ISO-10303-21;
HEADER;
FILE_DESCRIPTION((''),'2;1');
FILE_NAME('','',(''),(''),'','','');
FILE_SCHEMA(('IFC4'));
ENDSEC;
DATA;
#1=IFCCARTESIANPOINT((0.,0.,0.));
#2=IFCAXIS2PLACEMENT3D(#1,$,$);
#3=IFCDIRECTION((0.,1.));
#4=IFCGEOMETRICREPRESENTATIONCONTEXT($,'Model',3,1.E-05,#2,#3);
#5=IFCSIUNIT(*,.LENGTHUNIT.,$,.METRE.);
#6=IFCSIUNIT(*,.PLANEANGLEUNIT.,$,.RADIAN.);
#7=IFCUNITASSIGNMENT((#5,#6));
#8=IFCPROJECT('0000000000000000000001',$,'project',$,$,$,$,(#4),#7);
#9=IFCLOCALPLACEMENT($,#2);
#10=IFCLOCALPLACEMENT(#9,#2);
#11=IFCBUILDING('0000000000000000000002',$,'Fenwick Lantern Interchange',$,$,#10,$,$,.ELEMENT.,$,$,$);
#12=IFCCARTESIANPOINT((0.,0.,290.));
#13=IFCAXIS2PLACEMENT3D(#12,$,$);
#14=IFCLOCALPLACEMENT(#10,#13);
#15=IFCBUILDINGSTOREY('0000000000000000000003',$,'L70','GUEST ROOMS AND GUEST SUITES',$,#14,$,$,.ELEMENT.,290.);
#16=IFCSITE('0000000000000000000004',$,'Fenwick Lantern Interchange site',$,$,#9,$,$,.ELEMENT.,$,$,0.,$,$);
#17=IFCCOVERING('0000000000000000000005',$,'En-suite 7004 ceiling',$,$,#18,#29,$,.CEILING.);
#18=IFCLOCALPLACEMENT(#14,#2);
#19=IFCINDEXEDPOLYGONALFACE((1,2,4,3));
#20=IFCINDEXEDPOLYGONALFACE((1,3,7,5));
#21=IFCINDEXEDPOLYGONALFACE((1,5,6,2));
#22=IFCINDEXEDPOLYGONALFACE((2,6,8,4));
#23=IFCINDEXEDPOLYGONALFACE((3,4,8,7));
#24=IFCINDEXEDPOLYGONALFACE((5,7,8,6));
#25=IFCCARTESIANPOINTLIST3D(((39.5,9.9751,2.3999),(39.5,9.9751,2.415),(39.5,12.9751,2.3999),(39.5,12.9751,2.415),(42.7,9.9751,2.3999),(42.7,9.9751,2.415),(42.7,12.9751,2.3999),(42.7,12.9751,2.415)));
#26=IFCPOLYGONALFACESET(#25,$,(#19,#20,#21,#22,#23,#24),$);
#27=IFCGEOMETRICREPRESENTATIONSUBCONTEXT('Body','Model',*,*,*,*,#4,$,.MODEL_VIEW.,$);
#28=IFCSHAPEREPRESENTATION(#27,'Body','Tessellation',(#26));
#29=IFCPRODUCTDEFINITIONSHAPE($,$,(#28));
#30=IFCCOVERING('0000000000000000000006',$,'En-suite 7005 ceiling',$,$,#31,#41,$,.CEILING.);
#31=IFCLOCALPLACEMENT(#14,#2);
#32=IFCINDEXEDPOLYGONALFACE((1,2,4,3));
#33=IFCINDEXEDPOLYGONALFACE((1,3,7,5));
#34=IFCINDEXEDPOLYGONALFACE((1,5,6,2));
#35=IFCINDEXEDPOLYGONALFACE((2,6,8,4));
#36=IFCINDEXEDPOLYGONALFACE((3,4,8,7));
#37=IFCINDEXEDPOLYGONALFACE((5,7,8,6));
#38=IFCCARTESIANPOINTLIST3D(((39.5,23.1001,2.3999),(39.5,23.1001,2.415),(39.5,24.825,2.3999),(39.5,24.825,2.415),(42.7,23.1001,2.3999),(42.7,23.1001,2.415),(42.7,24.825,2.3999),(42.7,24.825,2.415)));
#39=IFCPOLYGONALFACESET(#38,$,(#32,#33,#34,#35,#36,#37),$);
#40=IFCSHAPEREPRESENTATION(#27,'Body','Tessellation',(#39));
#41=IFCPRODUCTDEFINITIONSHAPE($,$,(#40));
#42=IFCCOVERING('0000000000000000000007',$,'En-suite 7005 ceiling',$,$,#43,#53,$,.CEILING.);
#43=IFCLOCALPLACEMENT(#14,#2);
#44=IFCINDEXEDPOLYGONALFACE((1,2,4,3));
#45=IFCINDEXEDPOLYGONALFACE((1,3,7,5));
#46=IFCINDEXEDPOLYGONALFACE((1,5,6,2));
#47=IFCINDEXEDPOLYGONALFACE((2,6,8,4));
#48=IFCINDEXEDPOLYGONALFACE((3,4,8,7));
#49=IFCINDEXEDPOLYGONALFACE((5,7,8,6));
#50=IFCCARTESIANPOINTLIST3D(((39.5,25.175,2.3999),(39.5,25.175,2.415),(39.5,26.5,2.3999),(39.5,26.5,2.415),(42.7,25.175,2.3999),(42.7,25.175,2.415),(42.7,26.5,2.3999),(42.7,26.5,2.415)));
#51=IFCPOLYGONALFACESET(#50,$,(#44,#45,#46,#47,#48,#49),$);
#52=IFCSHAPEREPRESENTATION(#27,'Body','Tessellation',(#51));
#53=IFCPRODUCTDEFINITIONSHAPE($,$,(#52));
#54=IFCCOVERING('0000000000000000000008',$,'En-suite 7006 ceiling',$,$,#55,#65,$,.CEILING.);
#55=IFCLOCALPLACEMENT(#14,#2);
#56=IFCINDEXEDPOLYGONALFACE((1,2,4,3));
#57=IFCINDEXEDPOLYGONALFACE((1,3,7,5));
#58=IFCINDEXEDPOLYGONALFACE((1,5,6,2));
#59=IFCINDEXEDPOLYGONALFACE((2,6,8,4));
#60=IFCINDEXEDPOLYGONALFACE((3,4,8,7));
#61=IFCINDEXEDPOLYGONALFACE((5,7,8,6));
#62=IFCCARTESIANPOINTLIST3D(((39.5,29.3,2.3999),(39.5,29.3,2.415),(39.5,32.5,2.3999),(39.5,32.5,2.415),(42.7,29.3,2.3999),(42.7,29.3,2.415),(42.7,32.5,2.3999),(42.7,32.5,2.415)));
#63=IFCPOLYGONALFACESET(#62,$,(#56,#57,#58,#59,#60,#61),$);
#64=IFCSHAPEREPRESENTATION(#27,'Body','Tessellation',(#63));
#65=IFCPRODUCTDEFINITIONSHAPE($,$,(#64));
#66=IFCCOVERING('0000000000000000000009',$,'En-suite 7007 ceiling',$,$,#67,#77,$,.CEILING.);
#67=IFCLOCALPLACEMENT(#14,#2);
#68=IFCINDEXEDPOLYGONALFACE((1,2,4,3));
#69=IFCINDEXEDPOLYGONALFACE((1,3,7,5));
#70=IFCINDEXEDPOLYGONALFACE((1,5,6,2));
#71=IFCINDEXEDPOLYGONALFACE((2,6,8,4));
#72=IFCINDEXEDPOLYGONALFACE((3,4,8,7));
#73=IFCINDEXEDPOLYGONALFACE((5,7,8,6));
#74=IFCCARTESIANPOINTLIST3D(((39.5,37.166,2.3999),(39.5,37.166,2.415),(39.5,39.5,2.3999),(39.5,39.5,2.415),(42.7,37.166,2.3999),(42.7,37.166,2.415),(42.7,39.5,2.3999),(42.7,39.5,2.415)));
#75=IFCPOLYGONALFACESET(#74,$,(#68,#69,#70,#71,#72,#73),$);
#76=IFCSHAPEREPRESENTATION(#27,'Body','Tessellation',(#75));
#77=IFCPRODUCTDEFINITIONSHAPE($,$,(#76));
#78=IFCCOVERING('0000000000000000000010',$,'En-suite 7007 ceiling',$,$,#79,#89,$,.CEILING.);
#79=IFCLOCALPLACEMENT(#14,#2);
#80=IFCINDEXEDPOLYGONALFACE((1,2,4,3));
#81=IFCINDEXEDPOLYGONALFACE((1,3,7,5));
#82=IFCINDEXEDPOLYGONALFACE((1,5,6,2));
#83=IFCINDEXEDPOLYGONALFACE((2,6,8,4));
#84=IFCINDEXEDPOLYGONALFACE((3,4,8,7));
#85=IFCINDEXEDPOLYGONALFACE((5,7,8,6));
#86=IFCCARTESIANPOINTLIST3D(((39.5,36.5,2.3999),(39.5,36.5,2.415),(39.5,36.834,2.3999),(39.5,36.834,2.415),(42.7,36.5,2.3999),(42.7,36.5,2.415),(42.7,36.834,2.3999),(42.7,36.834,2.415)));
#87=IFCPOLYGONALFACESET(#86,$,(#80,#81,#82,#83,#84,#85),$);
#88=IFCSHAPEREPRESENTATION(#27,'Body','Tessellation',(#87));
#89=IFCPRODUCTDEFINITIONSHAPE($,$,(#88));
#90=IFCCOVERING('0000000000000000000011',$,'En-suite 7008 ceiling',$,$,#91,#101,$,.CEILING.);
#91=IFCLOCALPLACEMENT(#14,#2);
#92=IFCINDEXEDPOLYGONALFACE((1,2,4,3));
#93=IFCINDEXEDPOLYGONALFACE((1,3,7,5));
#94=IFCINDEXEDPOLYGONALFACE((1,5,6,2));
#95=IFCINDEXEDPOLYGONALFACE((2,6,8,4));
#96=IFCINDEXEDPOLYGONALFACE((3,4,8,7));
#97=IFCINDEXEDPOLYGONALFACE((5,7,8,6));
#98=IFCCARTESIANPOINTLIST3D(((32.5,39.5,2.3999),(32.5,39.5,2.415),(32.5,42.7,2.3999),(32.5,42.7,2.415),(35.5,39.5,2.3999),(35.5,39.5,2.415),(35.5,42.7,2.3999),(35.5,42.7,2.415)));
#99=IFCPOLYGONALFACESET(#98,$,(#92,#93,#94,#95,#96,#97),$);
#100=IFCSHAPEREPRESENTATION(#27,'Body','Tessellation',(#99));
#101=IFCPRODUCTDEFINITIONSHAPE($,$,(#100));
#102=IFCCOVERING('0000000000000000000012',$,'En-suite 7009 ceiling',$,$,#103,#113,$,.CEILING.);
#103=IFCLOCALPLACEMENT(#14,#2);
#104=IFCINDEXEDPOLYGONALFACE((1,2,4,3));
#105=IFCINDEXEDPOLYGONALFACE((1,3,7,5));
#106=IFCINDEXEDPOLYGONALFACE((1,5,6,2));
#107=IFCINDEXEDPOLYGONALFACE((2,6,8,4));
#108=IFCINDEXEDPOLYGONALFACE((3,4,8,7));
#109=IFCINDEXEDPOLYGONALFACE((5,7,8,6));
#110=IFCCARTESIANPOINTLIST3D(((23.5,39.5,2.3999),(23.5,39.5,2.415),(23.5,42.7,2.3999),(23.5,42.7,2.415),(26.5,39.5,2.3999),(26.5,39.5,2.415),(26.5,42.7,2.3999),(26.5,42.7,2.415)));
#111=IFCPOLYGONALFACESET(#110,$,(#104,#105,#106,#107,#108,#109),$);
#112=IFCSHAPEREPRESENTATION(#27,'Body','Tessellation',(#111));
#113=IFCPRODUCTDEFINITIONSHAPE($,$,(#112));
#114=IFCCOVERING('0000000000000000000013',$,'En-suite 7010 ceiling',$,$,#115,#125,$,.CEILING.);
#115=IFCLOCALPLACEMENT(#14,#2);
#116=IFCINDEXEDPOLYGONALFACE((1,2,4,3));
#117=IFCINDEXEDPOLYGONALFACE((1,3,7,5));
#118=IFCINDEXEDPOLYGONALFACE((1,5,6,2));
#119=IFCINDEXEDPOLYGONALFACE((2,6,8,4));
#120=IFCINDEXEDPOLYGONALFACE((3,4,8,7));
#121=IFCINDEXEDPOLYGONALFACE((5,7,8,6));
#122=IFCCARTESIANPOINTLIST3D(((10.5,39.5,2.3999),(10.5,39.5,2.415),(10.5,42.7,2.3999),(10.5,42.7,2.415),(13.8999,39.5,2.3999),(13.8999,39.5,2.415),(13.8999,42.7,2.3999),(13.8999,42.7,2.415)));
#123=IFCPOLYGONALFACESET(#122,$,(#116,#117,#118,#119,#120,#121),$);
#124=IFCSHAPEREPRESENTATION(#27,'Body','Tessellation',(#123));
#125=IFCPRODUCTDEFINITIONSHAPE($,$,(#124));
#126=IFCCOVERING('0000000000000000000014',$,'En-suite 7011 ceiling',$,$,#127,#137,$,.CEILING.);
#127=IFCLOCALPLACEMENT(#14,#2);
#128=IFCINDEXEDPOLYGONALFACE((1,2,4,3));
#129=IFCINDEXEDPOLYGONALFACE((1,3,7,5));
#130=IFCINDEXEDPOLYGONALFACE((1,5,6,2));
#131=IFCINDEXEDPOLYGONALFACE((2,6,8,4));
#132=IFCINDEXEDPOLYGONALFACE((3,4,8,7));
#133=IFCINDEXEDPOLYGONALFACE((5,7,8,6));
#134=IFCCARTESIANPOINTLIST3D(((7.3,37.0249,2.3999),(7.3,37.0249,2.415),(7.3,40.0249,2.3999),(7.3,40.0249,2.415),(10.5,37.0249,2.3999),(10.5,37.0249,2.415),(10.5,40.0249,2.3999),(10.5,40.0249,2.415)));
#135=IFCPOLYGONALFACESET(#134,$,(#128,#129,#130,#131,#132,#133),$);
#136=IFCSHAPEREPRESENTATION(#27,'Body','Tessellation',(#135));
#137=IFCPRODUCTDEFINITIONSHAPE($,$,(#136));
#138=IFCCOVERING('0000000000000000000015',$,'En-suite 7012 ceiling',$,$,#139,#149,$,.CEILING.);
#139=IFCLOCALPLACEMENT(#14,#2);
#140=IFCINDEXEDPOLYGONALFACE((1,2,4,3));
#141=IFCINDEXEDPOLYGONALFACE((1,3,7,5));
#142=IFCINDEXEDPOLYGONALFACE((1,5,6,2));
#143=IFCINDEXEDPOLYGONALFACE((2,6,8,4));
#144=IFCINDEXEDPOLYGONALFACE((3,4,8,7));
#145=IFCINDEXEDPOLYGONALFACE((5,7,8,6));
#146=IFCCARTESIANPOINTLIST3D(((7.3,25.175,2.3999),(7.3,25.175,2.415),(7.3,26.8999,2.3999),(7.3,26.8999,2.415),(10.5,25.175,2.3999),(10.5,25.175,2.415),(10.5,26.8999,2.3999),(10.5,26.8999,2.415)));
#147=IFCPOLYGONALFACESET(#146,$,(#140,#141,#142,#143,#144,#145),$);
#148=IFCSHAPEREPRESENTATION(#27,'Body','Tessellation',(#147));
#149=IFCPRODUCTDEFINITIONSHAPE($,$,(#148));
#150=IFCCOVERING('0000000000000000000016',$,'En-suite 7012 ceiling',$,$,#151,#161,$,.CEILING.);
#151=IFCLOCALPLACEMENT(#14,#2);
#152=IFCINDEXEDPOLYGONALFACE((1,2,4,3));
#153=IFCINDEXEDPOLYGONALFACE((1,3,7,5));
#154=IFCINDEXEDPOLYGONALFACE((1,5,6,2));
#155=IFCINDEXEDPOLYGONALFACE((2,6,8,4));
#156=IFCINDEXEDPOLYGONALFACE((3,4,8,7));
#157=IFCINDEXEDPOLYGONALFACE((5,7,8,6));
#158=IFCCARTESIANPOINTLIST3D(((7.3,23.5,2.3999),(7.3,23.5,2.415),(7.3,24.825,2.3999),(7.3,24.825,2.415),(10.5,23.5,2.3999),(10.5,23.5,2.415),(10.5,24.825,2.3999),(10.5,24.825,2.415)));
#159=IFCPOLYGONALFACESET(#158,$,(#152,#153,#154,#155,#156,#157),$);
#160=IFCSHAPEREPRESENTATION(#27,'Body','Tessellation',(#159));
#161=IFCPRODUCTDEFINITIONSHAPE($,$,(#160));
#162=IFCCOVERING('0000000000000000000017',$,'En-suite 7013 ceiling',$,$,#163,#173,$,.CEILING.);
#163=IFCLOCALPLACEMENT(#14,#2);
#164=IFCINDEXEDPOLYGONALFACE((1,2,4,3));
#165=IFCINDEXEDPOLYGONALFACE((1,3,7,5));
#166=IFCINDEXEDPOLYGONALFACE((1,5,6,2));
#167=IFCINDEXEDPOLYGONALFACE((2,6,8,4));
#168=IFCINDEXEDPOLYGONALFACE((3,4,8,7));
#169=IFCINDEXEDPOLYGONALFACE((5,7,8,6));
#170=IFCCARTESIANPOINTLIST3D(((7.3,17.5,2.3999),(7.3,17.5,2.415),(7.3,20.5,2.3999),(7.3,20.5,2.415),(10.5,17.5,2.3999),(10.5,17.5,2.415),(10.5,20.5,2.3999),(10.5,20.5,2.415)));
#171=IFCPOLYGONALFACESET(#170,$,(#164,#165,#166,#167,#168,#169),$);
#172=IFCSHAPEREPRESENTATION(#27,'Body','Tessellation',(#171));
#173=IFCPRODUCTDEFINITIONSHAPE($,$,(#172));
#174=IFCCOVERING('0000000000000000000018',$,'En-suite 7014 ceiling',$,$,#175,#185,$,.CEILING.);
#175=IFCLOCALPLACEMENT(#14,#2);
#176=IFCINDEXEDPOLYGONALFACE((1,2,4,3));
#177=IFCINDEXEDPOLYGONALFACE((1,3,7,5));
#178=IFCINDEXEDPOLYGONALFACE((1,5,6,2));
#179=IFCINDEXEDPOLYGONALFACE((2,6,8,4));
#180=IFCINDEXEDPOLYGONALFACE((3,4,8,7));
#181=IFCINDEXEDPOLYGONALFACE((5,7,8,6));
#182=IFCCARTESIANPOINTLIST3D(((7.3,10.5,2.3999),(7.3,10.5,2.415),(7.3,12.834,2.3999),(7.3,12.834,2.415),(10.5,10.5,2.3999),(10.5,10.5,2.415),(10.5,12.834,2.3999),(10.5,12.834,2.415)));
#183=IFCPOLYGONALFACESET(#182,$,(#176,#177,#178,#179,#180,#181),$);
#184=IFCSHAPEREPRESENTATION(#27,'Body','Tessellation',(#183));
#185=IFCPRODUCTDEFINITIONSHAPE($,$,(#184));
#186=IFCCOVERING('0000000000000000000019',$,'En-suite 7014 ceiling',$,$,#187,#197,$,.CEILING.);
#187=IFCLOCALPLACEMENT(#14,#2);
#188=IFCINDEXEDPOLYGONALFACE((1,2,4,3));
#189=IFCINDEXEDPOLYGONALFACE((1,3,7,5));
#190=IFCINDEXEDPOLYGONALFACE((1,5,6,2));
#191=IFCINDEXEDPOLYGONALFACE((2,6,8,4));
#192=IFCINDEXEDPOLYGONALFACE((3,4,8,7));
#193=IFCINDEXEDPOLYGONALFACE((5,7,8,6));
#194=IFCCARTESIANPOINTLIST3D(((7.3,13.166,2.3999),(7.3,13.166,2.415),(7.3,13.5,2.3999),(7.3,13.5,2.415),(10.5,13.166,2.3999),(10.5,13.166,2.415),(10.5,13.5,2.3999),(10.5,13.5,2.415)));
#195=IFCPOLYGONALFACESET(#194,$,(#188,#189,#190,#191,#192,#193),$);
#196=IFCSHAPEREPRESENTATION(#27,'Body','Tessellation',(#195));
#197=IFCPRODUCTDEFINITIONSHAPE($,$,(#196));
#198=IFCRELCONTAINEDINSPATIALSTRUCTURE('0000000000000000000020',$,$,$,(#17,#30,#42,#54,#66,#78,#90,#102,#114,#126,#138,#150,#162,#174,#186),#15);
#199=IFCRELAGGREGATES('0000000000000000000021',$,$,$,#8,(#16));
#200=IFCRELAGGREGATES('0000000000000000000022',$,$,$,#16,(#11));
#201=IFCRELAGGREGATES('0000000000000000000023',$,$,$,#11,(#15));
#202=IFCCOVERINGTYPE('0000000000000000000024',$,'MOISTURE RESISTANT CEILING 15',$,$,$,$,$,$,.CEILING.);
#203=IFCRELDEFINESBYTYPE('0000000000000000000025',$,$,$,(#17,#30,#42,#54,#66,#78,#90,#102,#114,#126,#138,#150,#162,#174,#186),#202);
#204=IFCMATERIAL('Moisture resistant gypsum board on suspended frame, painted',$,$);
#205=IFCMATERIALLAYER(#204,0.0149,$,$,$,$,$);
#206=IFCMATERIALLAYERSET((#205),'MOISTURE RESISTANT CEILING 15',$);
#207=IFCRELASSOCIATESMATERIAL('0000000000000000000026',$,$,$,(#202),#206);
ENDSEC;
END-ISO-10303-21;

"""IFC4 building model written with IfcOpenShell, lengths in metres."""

from ifc_helpers import new_model, si_unit, direction, frame, origin, place, context, subcontext, project, spatial, polyline, outline, extrude, material, layer, layer_set, type_object, element, save


model = new_model("IFC4")

# Units and contexts
model_context = context("Model", 3, precision=1e-05, world=origin(), true_north=direction((0.0, 1.0)))
body_context = subcontext(model_context, "Body", "Model", "MODEL_VIEW")
ifc_project = project(units=[si_unit("LENGTHUNIT", "METRE"), si_unit("PLANEANGLEUNIT", "RADIAN")], contexts=[model_context])

# Site, building, storey
site_placement = place(None, origin())
site = spatial("IfcSite", under=ifc_project, at=site_placement, Name="Fenwick Lantern Interchange site", CompositionType="ELEMENT", RefElevation=0.0)
building_placement = place(site_placement, origin())
building = spatial("IfcBuilding", under=site, at=building_placement, Name="Fenwick Lantern Interchange", CompositionType="ELEMENT")
storey_placement = place(building_placement, frame((0.0, 0.0, 290.0)))
storey = spatial("IfcBuildingStorey", under=building, at=storey_placement, Name="L70", Description="GUEST ROOMS AND GUEST SUITES", CompositionType="ELEMENT", Elevation=290.0)

# Coverings
ifc_material_1 = material(Name="Moisture resistant gypsum board on suspended frame, painted")
ifc_layer_1 = layer(ifc_material_1, 0.0149)
ifc_layer_set_1 = layer_set([ifc_layer_1], Name="MOISTURE RESISTANT CEILING 15")
covering_type_1 = type_object("IfcCoveringType", Name="MOISTURE RESISTANT CEILING 15", PredefinedType="CEILING", material=ifc_layer_set_1)
covering_1_placement = place(storey_placement, frame((0.0, 0.0, 2.3999)))
element("IfcCovering", 1, at=covering_1_placement, inside=storey, type_object=covering_type_1, Name="En-suite 7004 ceiling", PredefinedType="CEILING", context=body_context, shape_type="SweptSolid", body=[
    extrude(outline(polyline([(42.7, 9.9751), (42.7, 12.9751), (39.5, 12.9751), (39.5, 9.9751), (42.7, 9.9751)])), origin(), (0.0, 0.0, 1.0), 0.0151),
])
covering_2_placement = place(storey_placement, frame((0.0, 0.0, 2.3999)))
element("IfcCovering", 2, at=covering_2_placement, inside=storey, type_object=covering_type_1, Name="En-suite 7005 ceiling", PredefinedType="CEILING", context=body_context, shape_type="SweptSolid", body=[
    extrude(outline(polyline([(42.7, 23.1001), (42.7, 24.825), (39.5, 24.825), (39.5, 23.1001), (42.7, 23.1001)])), origin(), (0.0, 0.0, 1.0), 0.0151),
])
covering_3_placement = place(storey_placement, frame((0.0, 0.0, 2.3999)))
element("IfcCovering", 3, at=covering_3_placement, inside=storey, type_object=covering_type_1, Name="En-suite 7005 ceiling", PredefinedType="CEILING", context=body_context, shape_type="SweptSolid", body=[
    extrude(outline(polyline([(39.5, 26.5), (39.5, 25.175), (42.7, 25.175), (42.7, 26.5), (39.5, 26.5)])), origin(), (0.0, 0.0, 1.0), 0.0151),
])
covering_4_placement = place(storey_placement, frame((0.0, 0.0, 2.3999)))
element("IfcCovering", 4, at=covering_4_placement, inside=storey, type_object=covering_type_1, Name="En-suite 7006 ceiling", PredefinedType="CEILING", context=body_context, shape_type="SweptSolid", body=[
    extrude(outline(polyline([(42.7, 29.3), (42.7, 32.5), (39.5, 32.5), (39.5, 29.3), (42.7, 29.3)])), origin(), (0.0, 0.0, 1.0), 0.0151),
])
covering_5_placement = place(storey_placement, frame((0.0, 0.0, 2.3999)))
element("IfcCovering", 5, at=covering_5_placement, inside=storey, type_object=covering_type_1, Name="En-suite 7007 ceiling", PredefinedType="CEILING", context=body_context, shape_type="SweptSolid", body=[
    extrude(outline(polyline([(39.5, 39.5), (39.5, 37.166), (42.7, 37.166), (42.7, 39.5), (39.5, 39.5)])), origin(), (0.0, 0.0, 1.0), 0.0151),
])
covering_6_placement = place(storey_placement, frame((0.0, 0.0, 2.3999)))
element("IfcCovering", 6, at=covering_6_placement, inside=storey, type_object=covering_type_1, Name="En-suite 7007 ceiling", PredefinedType="CEILING", context=body_context, shape_type="SweptSolid", body=[
    extrude(outline(polyline([(42.7, 36.5), (42.7, 36.834), (39.5, 36.834), (39.5, 36.5), (42.7, 36.5)])), origin(), (0.0, 0.0, 1.0), 0.0151),
])
covering_7_placement = place(storey_placement, frame((0.0, 0.0, 2.3999)))
element("IfcCovering", 7, at=covering_7_placement, inside=storey, type_object=covering_type_1, Name="En-suite 7008 ceiling", PredefinedType="CEILING", context=body_context, shape_type="SweptSolid", body=[
    extrude(outline(polyline([(35.5, 42.7), (32.5, 42.7), (32.5, 39.5), (35.5, 39.5), (35.5, 42.7)])), origin(), (0.0, 0.0, 1.0), 0.0151),
])
covering_8_placement = place(storey_placement, frame((0.0, 0.0, 2.3999)))
element("IfcCovering", 8, at=covering_8_placement, inside=storey, type_object=covering_type_1, Name="En-suite 7009 ceiling", PredefinedType="CEILING", context=body_context, shape_type="SweptSolid", body=[
    extrude(outline(polyline([(26.5, 42.7), (23.5, 42.7), (23.5, 39.5), (26.5, 39.5), (26.5, 42.7)])), origin(), (0.0, 0.0, 1.0), 0.0151),
])
covering_9_placement = place(storey_placement, frame((0.0, 0.0, 2.3999)))
element("IfcCovering", 9, at=covering_9_placement, inside=storey, type_object=covering_type_1, Name="En-suite 7010 ceiling", PredefinedType="CEILING", context=body_context, shape_type="SweptSolid", body=[
    extrude(outline(polyline([(13.8999, 42.7), (10.5, 42.7), (10.5, 39.5), (13.8999, 39.5), (13.8999, 42.7)])), origin(), (0.0, 0.0, 1.0), 0.0151),
])
covering_10_placement = place(storey_placement, frame((0.0, 0.0, 2.3999)))
element("IfcCovering", 10, at=covering_10_placement, inside=storey, type_object=covering_type_1, Name="En-suite 7011 ceiling", PredefinedType="CEILING", context=body_context, shape_type="SweptSolid", body=[
    extrude(outline(polyline([(7.3, 40.0249), (7.3, 37.0249), (10.5, 37.0249), (10.5, 40.0249), (7.3, 40.0249)])), origin(), (0.0, 0.0, 1.0), 0.0151),
])
covering_11_placement = place(storey_placement, frame((0.0, 0.0, 2.3999)))
element("IfcCovering", 11, at=covering_11_placement, inside=storey, type_object=covering_type_1, Name="En-suite 7012 ceiling", PredefinedType="CEILING", context=body_context, shape_type="SweptSolid", body=[
    extrude(outline(polyline([(7.3, 26.8999), (7.3, 25.175), (10.5, 25.175), (10.5, 26.8999), (7.3, 26.8999)])), origin(), (0.0, 0.0, 1.0), 0.0151),
])
covering_12_placement = place(storey_placement, frame((0.0, 0.0, 2.3999)))
element("IfcCovering", 12, at=covering_12_placement, inside=storey, type_object=covering_type_1, Name="En-suite 7012 ceiling", PredefinedType="CEILING", context=body_context, shape_type="SweptSolid", body=[
    extrude(outline(polyline([(10.5, 23.5), (10.5, 24.825), (7.3, 24.825), (7.3, 23.5), (10.5, 23.5)])), origin(), (0.0, 0.0, 1.0), 0.0151),
])
covering_13_placement = place(storey_placement, frame((0.0, 0.0, 2.3999)))
element("IfcCovering", 13, at=covering_13_placement, inside=storey, type_object=covering_type_1, Name="En-suite 7013 ceiling", PredefinedType="CEILING", context=body_context, shape_type="SweptSolid", body=[
    extrude(outline(polyline([(7.3, 20.5), (7.3, 17.5), (10.5, 17.5), (10.5, 20.5), (7.3, 20.5)])), origin(), (0.0, 0.0, 1.0), 0.0151),
])
covering_14_placement = place(storey_placement, frame((0.0, 0.0, 2.3999)))
element("IfcCovering", 14, at=covering_14_placement, inside=storey, type_object=covering_type_1, Name="En-suite 7014 ceiling", PredefinedType="CEILING", context=body_context, shape_type="SweptSolid", body=[
    extrude(outline(polyline([(10.5, 10.5), (10.5, 12.834), (7.3, 12.834), (7.3, 10.5), (10.5, 10.5)])), origin(), (0.0, 0.0, 1.0), 0.0151),
])
covering_15_placement = place(storey_placement, frame((0.0, 0.0, 2.3999)))
element("IfcCovering", 15, at=covering_15_placement, inside=storey, type_object=covering_type_1, Name="En-suite 7014 ceiling", PredefinedType="CEILING", context=body_context, shape_type="SweptSolid", body=[
    extrude(outline(polyline([(7.3, 13.5), (7.3, 13.166), (10.5, 13.166), (10.5, 13.5), (7.3, 13.5)])), origin(), (0.0, 0.0, 1.0), 0.0151),
])

save(model, "model.ifc")
